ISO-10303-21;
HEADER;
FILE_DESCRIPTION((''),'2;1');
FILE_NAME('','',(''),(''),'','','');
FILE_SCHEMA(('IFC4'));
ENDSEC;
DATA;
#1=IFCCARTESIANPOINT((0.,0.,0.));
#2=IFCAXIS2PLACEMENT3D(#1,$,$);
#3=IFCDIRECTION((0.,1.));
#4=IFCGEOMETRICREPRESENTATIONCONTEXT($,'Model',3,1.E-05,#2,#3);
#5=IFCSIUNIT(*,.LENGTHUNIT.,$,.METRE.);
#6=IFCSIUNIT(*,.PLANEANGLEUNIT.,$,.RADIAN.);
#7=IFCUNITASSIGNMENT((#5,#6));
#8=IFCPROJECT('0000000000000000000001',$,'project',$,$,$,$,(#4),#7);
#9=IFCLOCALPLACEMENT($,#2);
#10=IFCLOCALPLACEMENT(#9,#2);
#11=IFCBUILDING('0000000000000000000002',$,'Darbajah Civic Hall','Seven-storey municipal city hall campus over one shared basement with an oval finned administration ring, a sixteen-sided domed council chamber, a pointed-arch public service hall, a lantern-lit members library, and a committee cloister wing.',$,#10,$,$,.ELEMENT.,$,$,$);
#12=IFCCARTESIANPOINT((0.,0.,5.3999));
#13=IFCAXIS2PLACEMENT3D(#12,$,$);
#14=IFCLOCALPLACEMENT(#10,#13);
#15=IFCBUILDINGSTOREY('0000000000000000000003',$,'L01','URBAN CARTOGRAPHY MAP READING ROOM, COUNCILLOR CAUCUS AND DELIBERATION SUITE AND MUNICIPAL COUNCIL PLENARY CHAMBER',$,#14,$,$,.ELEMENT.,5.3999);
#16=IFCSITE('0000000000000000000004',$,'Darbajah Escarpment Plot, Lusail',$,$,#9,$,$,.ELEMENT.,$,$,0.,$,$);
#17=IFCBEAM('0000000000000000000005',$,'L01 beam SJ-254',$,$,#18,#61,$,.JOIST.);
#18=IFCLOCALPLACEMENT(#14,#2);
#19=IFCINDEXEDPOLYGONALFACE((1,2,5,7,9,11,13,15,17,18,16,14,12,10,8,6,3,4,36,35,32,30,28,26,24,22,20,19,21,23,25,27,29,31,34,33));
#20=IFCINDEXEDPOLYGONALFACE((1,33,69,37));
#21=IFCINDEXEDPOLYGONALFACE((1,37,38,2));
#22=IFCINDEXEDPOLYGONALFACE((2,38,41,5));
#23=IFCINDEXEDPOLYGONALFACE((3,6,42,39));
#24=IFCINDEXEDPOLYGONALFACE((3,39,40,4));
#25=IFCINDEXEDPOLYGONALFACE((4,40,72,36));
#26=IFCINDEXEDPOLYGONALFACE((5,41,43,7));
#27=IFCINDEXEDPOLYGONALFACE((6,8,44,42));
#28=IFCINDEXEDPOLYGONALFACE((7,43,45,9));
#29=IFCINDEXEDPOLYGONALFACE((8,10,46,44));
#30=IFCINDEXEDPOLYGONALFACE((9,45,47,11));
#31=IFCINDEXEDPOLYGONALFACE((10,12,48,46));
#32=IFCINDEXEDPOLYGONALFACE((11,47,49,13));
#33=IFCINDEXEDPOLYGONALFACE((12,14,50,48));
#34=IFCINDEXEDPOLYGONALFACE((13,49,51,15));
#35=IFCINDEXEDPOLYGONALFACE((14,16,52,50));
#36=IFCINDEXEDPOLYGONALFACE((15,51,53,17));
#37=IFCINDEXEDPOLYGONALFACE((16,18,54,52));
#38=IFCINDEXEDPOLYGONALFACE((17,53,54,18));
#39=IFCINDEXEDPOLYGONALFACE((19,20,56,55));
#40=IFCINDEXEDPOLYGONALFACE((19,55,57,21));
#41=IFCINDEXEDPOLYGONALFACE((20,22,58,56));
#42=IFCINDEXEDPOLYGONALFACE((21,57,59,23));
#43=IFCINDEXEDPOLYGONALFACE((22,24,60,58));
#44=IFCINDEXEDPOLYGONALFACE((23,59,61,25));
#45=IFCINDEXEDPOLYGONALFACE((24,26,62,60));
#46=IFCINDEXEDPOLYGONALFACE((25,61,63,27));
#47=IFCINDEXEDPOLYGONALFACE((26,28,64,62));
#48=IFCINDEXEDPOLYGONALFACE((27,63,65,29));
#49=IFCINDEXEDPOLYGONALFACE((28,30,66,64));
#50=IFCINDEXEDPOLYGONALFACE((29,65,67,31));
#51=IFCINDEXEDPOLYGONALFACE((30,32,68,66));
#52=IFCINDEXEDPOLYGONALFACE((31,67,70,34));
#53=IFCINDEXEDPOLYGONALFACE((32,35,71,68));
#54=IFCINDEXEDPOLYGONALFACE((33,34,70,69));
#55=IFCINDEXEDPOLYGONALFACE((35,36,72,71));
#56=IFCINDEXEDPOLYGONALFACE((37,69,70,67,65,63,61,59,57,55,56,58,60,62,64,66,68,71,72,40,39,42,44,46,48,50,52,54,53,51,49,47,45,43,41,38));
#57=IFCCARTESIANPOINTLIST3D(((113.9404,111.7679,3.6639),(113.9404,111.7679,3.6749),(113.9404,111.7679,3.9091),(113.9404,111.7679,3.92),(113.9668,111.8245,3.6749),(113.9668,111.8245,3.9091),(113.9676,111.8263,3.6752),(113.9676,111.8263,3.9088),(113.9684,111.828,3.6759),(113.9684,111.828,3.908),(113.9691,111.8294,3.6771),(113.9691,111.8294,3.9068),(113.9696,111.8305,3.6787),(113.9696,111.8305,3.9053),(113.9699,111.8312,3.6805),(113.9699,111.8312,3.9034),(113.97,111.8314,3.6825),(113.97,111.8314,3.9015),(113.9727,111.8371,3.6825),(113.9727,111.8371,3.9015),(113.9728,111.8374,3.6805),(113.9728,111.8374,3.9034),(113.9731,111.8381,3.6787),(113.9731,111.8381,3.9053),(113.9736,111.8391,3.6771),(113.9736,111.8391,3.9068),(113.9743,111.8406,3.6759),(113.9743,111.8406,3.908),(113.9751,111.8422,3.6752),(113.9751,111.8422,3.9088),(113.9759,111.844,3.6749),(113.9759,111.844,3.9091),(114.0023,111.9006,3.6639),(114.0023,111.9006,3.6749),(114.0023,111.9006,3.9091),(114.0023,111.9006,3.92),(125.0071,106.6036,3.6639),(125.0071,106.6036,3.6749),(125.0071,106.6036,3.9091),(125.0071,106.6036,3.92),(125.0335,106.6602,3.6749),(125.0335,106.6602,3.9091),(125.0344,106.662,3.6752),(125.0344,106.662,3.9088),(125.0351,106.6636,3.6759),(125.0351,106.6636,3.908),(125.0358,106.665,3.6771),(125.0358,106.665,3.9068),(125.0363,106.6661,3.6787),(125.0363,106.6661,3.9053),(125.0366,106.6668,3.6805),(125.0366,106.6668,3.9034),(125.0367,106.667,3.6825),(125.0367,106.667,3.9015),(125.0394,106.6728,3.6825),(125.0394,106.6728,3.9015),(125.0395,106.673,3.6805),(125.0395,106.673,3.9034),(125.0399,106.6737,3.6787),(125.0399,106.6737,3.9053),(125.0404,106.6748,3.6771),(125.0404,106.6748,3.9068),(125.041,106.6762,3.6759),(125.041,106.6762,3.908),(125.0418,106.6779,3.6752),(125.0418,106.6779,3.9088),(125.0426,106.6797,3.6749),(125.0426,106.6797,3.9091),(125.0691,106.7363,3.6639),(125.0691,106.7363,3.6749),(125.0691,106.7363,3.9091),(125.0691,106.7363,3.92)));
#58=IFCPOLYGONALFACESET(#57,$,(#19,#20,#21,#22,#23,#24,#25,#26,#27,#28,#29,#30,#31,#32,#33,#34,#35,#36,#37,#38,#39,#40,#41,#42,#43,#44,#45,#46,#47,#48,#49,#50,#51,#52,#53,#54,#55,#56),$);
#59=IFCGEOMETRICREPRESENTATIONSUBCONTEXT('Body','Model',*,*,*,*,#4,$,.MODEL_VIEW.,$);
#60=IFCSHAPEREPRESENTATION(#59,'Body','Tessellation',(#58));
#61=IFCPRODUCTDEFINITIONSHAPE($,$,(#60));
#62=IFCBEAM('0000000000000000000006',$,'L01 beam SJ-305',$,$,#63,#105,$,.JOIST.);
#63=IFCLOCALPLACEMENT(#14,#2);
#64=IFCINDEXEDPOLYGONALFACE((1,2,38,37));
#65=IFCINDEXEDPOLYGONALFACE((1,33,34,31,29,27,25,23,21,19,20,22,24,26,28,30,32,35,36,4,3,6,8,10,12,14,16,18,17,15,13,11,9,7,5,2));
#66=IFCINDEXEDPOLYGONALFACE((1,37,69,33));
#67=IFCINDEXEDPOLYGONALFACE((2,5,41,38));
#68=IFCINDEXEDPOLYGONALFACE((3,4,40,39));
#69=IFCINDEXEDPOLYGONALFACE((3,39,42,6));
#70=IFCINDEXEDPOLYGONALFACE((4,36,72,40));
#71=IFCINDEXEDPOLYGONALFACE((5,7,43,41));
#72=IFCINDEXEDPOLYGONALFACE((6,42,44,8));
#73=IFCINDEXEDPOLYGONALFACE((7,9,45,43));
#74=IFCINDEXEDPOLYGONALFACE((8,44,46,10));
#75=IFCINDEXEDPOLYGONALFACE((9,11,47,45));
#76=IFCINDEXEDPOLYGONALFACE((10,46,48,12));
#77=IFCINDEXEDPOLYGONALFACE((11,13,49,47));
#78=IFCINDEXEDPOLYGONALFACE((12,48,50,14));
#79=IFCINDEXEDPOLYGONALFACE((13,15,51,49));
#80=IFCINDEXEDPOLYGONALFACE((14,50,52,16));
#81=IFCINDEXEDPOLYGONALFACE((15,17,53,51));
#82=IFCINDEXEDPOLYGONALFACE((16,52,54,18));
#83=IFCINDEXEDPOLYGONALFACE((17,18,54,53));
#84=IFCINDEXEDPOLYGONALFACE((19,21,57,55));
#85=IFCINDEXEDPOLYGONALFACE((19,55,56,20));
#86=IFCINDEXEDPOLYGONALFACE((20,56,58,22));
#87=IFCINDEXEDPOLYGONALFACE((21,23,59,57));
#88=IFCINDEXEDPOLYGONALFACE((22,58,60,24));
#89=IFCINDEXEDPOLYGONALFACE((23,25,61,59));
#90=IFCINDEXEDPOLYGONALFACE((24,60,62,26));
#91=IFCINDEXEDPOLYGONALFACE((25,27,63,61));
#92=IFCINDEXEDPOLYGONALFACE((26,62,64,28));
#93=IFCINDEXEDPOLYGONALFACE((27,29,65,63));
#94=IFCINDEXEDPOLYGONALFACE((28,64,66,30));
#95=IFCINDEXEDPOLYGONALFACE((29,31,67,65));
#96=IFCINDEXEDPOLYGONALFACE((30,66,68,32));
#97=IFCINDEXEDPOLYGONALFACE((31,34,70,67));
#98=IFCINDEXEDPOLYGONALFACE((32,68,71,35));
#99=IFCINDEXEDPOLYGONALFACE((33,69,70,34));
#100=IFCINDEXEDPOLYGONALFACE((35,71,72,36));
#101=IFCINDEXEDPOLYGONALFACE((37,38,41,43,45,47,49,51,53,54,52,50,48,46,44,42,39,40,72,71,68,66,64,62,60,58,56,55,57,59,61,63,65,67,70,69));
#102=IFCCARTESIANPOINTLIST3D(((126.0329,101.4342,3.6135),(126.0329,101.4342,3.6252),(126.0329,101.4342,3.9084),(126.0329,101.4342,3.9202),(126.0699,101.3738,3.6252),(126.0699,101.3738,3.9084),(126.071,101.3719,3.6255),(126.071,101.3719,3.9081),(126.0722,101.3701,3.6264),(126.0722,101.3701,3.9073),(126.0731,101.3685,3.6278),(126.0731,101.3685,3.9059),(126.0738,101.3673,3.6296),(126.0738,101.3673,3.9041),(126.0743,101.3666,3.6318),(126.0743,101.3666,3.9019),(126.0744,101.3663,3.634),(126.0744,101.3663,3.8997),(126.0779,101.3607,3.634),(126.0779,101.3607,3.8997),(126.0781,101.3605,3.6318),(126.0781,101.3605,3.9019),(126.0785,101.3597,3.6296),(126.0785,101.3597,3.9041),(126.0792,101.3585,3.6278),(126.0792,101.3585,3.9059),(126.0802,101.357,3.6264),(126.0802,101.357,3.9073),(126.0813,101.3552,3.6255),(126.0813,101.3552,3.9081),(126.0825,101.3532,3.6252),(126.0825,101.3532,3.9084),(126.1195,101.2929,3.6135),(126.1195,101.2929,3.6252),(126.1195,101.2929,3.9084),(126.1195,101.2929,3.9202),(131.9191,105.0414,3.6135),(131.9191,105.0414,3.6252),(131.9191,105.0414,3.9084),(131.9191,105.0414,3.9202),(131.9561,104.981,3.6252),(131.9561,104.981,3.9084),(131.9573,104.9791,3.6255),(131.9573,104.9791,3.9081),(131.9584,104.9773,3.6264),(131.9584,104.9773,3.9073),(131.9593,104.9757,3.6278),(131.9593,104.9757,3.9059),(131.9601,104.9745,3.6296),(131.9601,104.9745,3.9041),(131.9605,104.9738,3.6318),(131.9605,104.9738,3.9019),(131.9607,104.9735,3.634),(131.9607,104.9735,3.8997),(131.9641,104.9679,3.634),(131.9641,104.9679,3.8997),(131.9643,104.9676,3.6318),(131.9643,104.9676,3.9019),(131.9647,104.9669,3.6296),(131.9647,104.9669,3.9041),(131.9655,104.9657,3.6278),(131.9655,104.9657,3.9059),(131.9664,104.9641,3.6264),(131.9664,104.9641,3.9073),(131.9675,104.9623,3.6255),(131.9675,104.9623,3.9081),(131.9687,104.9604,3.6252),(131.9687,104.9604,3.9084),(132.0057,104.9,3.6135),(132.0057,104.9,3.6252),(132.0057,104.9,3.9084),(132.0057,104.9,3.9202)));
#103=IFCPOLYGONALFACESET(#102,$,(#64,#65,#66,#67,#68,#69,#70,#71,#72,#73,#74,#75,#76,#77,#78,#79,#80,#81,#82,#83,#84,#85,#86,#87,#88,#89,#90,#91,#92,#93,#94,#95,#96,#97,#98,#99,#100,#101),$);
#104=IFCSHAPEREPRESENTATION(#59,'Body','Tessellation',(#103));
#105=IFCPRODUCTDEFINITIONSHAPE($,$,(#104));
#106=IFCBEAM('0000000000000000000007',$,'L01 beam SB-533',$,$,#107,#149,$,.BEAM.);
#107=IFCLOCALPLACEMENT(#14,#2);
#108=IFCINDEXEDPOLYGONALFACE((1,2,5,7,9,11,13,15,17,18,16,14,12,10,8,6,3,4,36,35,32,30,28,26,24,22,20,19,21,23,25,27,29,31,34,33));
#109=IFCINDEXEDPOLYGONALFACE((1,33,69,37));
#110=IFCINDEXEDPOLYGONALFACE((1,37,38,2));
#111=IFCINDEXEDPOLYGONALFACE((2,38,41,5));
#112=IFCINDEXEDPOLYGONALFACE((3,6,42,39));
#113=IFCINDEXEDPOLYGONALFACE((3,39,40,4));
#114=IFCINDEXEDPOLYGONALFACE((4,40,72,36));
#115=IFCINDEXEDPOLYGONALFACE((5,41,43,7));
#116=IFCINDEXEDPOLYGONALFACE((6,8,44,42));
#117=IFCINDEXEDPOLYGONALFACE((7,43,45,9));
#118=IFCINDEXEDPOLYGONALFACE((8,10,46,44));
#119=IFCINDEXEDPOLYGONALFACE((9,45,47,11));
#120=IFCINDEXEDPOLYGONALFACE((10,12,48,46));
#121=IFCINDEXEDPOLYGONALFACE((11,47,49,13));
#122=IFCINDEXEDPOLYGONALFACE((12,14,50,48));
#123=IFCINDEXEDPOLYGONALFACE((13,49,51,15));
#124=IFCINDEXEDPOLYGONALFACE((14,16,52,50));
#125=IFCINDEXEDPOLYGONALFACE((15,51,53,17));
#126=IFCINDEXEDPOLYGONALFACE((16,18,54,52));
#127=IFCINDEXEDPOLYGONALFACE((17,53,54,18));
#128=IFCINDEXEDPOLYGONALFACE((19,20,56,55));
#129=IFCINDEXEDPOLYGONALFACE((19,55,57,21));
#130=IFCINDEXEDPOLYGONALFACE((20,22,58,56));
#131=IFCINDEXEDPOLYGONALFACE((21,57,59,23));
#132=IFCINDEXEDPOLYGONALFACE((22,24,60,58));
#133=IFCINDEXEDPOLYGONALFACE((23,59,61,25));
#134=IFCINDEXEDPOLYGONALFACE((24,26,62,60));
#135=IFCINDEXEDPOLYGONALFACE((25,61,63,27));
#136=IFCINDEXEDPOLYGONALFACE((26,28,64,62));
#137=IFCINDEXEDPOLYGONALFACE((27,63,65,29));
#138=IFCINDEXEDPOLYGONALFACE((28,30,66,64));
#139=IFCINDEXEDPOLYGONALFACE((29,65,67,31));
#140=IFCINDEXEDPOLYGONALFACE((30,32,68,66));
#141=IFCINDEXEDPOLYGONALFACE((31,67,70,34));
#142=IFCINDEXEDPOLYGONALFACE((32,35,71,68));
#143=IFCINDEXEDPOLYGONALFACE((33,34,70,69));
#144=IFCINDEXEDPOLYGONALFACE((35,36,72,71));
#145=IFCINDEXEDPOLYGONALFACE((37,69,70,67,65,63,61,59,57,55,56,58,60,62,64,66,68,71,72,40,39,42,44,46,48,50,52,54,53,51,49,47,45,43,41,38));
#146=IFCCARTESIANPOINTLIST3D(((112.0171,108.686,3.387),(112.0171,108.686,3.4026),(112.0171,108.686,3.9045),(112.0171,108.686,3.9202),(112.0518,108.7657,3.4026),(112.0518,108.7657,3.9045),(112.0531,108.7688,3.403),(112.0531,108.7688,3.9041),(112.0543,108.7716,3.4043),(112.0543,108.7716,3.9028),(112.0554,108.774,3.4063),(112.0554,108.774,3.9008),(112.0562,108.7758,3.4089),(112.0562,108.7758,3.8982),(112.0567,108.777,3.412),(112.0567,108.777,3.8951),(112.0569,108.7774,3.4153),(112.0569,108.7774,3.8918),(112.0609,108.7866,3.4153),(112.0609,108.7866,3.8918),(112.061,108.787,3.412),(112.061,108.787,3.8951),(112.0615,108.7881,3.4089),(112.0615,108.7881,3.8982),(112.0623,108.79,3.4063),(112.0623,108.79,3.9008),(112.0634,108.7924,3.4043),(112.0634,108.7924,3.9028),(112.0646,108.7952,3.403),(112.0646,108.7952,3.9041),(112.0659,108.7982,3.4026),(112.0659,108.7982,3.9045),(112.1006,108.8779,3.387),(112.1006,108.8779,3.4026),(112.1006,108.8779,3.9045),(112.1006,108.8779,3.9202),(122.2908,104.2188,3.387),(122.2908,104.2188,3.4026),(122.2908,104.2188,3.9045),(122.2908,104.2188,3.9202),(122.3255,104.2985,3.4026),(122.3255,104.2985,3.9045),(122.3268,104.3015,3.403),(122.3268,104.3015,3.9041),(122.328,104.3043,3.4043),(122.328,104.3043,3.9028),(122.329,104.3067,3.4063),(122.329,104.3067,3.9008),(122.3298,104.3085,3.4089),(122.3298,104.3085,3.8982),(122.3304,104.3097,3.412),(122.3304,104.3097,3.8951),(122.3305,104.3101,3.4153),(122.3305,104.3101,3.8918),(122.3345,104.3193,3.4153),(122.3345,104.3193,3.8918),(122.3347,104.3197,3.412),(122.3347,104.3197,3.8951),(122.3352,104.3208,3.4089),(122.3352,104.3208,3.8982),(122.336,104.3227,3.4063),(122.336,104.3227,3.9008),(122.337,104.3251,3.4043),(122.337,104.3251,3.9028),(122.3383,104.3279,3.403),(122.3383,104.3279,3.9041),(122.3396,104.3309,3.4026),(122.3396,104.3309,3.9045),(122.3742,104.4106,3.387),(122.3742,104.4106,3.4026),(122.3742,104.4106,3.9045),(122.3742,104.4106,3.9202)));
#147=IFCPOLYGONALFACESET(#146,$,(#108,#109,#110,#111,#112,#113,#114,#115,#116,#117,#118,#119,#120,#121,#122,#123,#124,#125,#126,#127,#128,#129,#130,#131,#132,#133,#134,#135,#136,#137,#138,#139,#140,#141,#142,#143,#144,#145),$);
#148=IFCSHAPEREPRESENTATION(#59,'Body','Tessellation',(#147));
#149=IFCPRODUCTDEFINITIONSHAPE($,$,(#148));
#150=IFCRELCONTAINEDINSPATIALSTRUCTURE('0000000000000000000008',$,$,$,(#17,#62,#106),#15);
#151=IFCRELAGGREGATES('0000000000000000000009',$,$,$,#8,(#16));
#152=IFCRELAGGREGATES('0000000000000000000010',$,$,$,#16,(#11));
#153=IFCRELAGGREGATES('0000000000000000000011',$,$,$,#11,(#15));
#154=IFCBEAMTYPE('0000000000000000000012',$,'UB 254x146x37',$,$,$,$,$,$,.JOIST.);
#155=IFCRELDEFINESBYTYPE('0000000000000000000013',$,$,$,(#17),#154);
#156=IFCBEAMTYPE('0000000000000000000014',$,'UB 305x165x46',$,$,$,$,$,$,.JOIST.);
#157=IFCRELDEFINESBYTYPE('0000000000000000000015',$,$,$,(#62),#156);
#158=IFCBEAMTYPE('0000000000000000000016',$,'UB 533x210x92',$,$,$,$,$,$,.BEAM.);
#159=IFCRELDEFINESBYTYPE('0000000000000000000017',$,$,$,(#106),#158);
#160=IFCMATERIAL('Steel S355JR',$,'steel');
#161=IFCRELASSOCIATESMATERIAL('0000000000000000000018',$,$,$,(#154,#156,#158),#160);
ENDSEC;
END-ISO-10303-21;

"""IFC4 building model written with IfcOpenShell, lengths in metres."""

from ifc_helpers import new_model, si_unit, direction, frame, origin, origin_2d, place, context, subcontext, project, spatial, i_section, extrude, material, material_profile, profile_set, type_object, element, save


model = new_model("IFC4")

# Units and contexts
model_context = context("Model", 3, precision=1e-05, world=origin(), true_north=direction((0.0, 1.0)))
body_context = subcontext(model_context, "Body", "Model", "MODEL_VIEW")
ifc_project = project(units=[si_unit("LENGTHUNIT", "METRE"), si_unit("PLANEANGLEUNIT", "RADIAN")], contexts=[model_context])

# Site, building, storey
site_placement = place(None, origin())
site = spatial("IfcSite", under=ifc_project, at=site_placement, Name="Darbajah Escarpment Plot, Lusail", CompositionType="ELEMENT", RefElevation=0.0)
building_placement = place(site_placement, origin())
building = spatial("IfcBuilding", under=site, at=building_placement, Name="Darbajah Civic Hall", Description="Seven-storey municipal city hall campus over one shared basement with an oval finned administration ring, a sixteen-sided domed council chamber, a pointed-arch public service hall, a lantern-lit members library, and a committee cloister wing.", CompositionType="ELEMENT")
storey_placement = place(building_placement, frame((0.0, 0.0, 5.3999)))
storey = spatial("IfcBuildingStorey", under=building, at=storey_placement, Name="L01", Description="URBAN CARTOGRAPHY MAP READING ROOM, COUNCILLOR CAUCUS AND DELIBERATION SUITE AND MUNICIPAL COUNCIL PLENARY CHAMBER", CompositionType="ELEMENT", Elevation=5.3999)

# Beams
ifc_material_1 = material(Name="Steel S355JR", Category="steel")
ifc_material_profile_1 = material_profile(ifc_material_1, i_section(OverallWidth=0.1465, OverallDepth=0.2561, WebThickness=0.0063, FlangeThickness=0.011, FilletRadius=0.0076, at=origin_2d()), Name="UB 254x146x37")
ifc_profile_set_1 = profile_set([ifc_material_profile_1], Name="Steel S355JR")
beam_type_1 = type_object("IfcBeamType", Name="UB 254x146x37", PredefinedType="JOIST", material=ifc_profile_set_1)
beam_1_placement = place(storey_placement, frame((125.0381, 106.6699, 3.792), z_axis=(-0.906187, 0.422877, 0.0), x_axis=(-0.422877, -0.906187, 0.0)))
element("IfcBeam", 1, at=beam_1_placement, inside=storey, type_object=beam_type_1, Name="L01 beam SJ-254", PredefinedType="JOIST", context=body_context, shape_type="SweptSolid", body=[
    extrude(i_section(OverallWidth=0.1465, OverallDepth=0.2561, WebThickness=0.0063, FlangeThickness=0.011, FilletRadius=0.0076, at=origin_2d()), origin(), (0.0, 0.0, 1.0), 12.2124),
])
ifc_material_profile_2 = material_profile(ifc_material_1, i_section(OverallWidth=0.1658, OverallDepth=0.3066, WebThickness=0.0066, FlangeThickness=0.0117, FilletRadius=0.0088, at=origin_2d()), Name="UB 305x165x46")
ifc_profile_set_2 = profile_set([ifc_material_profile_2], Name="Steel S355JR")
beam_type_2 = type_object("IfcBeamType", Name="UB 305x165x46", PredefinedType="JOIST", material=ifc_profile_set_2)
beam_2_placement = place(storey_placement, frame((126.0762, 101.3635, 3.7668), z_axis=(0.852634, 0.522508, 0.0), x_axis=(-0.522508, 0.852634, 0.0)))
element("IfcBeam", 2, at=beam_2_placement, inside=storey, type_object=beam_type_2, Name="L01 beam SJ-305", PredefinedType="JOIST", context=body_context, shape_type="SweptSolid", body=[
    extrude(i_section(OverallWidth=0.1658, OverallDepth=0.3066, WebThickness=0.0066, FlangeThickness=0.0117, FilletRadius=0.0088, at=origin_2d()), origin(), (0.0, 0.0, 1.0), 6.9036),
])
ifc_material_profile_3 = material_profile(ifc_material_1, i_section(OverallWidth=0.2092, OverallDepth=0.5332, WebThickness=0.01, FlangeThickness=0.0156, FilletRadius=0.0127, at=origin_2d()), Name="UB 533x210x92")
ifc_profile_set_3 = profile_set([ifc_material_profile_3], Name="Steel S355JR")
beam_type_3 = type_object("IfcBeamType", Name="UB 533x210x92", PredefinedType="BEAM", material=ifc_profile_set_3)
beam_3_placement = place(storey_placement, frame((122.3325, 104.3147, 3.6536), z_axis=(-0.917055, 0.398761, 0.0), x_axis=(-0.398761, -0.917055, 0.0)))
element("IfcBeam", 3, at=beam_3_placement, inside=storey, type_object=beam_type_3, Name="L01 beam SB-533", PredefinedType="BEAM", context=body_context, shape_type="SweptSolid", body=[
    extrude(i_section(OverallWidth=0.2092, OverallDepth=0.5332, WebThickness=0.01, FlangeThickness=0.0156, FilletRadius=0.0127, at=origin_2d()), origin(), (0.0, 0.0, 1.0), 11.2029),
])

save(model, "model.ifc")
